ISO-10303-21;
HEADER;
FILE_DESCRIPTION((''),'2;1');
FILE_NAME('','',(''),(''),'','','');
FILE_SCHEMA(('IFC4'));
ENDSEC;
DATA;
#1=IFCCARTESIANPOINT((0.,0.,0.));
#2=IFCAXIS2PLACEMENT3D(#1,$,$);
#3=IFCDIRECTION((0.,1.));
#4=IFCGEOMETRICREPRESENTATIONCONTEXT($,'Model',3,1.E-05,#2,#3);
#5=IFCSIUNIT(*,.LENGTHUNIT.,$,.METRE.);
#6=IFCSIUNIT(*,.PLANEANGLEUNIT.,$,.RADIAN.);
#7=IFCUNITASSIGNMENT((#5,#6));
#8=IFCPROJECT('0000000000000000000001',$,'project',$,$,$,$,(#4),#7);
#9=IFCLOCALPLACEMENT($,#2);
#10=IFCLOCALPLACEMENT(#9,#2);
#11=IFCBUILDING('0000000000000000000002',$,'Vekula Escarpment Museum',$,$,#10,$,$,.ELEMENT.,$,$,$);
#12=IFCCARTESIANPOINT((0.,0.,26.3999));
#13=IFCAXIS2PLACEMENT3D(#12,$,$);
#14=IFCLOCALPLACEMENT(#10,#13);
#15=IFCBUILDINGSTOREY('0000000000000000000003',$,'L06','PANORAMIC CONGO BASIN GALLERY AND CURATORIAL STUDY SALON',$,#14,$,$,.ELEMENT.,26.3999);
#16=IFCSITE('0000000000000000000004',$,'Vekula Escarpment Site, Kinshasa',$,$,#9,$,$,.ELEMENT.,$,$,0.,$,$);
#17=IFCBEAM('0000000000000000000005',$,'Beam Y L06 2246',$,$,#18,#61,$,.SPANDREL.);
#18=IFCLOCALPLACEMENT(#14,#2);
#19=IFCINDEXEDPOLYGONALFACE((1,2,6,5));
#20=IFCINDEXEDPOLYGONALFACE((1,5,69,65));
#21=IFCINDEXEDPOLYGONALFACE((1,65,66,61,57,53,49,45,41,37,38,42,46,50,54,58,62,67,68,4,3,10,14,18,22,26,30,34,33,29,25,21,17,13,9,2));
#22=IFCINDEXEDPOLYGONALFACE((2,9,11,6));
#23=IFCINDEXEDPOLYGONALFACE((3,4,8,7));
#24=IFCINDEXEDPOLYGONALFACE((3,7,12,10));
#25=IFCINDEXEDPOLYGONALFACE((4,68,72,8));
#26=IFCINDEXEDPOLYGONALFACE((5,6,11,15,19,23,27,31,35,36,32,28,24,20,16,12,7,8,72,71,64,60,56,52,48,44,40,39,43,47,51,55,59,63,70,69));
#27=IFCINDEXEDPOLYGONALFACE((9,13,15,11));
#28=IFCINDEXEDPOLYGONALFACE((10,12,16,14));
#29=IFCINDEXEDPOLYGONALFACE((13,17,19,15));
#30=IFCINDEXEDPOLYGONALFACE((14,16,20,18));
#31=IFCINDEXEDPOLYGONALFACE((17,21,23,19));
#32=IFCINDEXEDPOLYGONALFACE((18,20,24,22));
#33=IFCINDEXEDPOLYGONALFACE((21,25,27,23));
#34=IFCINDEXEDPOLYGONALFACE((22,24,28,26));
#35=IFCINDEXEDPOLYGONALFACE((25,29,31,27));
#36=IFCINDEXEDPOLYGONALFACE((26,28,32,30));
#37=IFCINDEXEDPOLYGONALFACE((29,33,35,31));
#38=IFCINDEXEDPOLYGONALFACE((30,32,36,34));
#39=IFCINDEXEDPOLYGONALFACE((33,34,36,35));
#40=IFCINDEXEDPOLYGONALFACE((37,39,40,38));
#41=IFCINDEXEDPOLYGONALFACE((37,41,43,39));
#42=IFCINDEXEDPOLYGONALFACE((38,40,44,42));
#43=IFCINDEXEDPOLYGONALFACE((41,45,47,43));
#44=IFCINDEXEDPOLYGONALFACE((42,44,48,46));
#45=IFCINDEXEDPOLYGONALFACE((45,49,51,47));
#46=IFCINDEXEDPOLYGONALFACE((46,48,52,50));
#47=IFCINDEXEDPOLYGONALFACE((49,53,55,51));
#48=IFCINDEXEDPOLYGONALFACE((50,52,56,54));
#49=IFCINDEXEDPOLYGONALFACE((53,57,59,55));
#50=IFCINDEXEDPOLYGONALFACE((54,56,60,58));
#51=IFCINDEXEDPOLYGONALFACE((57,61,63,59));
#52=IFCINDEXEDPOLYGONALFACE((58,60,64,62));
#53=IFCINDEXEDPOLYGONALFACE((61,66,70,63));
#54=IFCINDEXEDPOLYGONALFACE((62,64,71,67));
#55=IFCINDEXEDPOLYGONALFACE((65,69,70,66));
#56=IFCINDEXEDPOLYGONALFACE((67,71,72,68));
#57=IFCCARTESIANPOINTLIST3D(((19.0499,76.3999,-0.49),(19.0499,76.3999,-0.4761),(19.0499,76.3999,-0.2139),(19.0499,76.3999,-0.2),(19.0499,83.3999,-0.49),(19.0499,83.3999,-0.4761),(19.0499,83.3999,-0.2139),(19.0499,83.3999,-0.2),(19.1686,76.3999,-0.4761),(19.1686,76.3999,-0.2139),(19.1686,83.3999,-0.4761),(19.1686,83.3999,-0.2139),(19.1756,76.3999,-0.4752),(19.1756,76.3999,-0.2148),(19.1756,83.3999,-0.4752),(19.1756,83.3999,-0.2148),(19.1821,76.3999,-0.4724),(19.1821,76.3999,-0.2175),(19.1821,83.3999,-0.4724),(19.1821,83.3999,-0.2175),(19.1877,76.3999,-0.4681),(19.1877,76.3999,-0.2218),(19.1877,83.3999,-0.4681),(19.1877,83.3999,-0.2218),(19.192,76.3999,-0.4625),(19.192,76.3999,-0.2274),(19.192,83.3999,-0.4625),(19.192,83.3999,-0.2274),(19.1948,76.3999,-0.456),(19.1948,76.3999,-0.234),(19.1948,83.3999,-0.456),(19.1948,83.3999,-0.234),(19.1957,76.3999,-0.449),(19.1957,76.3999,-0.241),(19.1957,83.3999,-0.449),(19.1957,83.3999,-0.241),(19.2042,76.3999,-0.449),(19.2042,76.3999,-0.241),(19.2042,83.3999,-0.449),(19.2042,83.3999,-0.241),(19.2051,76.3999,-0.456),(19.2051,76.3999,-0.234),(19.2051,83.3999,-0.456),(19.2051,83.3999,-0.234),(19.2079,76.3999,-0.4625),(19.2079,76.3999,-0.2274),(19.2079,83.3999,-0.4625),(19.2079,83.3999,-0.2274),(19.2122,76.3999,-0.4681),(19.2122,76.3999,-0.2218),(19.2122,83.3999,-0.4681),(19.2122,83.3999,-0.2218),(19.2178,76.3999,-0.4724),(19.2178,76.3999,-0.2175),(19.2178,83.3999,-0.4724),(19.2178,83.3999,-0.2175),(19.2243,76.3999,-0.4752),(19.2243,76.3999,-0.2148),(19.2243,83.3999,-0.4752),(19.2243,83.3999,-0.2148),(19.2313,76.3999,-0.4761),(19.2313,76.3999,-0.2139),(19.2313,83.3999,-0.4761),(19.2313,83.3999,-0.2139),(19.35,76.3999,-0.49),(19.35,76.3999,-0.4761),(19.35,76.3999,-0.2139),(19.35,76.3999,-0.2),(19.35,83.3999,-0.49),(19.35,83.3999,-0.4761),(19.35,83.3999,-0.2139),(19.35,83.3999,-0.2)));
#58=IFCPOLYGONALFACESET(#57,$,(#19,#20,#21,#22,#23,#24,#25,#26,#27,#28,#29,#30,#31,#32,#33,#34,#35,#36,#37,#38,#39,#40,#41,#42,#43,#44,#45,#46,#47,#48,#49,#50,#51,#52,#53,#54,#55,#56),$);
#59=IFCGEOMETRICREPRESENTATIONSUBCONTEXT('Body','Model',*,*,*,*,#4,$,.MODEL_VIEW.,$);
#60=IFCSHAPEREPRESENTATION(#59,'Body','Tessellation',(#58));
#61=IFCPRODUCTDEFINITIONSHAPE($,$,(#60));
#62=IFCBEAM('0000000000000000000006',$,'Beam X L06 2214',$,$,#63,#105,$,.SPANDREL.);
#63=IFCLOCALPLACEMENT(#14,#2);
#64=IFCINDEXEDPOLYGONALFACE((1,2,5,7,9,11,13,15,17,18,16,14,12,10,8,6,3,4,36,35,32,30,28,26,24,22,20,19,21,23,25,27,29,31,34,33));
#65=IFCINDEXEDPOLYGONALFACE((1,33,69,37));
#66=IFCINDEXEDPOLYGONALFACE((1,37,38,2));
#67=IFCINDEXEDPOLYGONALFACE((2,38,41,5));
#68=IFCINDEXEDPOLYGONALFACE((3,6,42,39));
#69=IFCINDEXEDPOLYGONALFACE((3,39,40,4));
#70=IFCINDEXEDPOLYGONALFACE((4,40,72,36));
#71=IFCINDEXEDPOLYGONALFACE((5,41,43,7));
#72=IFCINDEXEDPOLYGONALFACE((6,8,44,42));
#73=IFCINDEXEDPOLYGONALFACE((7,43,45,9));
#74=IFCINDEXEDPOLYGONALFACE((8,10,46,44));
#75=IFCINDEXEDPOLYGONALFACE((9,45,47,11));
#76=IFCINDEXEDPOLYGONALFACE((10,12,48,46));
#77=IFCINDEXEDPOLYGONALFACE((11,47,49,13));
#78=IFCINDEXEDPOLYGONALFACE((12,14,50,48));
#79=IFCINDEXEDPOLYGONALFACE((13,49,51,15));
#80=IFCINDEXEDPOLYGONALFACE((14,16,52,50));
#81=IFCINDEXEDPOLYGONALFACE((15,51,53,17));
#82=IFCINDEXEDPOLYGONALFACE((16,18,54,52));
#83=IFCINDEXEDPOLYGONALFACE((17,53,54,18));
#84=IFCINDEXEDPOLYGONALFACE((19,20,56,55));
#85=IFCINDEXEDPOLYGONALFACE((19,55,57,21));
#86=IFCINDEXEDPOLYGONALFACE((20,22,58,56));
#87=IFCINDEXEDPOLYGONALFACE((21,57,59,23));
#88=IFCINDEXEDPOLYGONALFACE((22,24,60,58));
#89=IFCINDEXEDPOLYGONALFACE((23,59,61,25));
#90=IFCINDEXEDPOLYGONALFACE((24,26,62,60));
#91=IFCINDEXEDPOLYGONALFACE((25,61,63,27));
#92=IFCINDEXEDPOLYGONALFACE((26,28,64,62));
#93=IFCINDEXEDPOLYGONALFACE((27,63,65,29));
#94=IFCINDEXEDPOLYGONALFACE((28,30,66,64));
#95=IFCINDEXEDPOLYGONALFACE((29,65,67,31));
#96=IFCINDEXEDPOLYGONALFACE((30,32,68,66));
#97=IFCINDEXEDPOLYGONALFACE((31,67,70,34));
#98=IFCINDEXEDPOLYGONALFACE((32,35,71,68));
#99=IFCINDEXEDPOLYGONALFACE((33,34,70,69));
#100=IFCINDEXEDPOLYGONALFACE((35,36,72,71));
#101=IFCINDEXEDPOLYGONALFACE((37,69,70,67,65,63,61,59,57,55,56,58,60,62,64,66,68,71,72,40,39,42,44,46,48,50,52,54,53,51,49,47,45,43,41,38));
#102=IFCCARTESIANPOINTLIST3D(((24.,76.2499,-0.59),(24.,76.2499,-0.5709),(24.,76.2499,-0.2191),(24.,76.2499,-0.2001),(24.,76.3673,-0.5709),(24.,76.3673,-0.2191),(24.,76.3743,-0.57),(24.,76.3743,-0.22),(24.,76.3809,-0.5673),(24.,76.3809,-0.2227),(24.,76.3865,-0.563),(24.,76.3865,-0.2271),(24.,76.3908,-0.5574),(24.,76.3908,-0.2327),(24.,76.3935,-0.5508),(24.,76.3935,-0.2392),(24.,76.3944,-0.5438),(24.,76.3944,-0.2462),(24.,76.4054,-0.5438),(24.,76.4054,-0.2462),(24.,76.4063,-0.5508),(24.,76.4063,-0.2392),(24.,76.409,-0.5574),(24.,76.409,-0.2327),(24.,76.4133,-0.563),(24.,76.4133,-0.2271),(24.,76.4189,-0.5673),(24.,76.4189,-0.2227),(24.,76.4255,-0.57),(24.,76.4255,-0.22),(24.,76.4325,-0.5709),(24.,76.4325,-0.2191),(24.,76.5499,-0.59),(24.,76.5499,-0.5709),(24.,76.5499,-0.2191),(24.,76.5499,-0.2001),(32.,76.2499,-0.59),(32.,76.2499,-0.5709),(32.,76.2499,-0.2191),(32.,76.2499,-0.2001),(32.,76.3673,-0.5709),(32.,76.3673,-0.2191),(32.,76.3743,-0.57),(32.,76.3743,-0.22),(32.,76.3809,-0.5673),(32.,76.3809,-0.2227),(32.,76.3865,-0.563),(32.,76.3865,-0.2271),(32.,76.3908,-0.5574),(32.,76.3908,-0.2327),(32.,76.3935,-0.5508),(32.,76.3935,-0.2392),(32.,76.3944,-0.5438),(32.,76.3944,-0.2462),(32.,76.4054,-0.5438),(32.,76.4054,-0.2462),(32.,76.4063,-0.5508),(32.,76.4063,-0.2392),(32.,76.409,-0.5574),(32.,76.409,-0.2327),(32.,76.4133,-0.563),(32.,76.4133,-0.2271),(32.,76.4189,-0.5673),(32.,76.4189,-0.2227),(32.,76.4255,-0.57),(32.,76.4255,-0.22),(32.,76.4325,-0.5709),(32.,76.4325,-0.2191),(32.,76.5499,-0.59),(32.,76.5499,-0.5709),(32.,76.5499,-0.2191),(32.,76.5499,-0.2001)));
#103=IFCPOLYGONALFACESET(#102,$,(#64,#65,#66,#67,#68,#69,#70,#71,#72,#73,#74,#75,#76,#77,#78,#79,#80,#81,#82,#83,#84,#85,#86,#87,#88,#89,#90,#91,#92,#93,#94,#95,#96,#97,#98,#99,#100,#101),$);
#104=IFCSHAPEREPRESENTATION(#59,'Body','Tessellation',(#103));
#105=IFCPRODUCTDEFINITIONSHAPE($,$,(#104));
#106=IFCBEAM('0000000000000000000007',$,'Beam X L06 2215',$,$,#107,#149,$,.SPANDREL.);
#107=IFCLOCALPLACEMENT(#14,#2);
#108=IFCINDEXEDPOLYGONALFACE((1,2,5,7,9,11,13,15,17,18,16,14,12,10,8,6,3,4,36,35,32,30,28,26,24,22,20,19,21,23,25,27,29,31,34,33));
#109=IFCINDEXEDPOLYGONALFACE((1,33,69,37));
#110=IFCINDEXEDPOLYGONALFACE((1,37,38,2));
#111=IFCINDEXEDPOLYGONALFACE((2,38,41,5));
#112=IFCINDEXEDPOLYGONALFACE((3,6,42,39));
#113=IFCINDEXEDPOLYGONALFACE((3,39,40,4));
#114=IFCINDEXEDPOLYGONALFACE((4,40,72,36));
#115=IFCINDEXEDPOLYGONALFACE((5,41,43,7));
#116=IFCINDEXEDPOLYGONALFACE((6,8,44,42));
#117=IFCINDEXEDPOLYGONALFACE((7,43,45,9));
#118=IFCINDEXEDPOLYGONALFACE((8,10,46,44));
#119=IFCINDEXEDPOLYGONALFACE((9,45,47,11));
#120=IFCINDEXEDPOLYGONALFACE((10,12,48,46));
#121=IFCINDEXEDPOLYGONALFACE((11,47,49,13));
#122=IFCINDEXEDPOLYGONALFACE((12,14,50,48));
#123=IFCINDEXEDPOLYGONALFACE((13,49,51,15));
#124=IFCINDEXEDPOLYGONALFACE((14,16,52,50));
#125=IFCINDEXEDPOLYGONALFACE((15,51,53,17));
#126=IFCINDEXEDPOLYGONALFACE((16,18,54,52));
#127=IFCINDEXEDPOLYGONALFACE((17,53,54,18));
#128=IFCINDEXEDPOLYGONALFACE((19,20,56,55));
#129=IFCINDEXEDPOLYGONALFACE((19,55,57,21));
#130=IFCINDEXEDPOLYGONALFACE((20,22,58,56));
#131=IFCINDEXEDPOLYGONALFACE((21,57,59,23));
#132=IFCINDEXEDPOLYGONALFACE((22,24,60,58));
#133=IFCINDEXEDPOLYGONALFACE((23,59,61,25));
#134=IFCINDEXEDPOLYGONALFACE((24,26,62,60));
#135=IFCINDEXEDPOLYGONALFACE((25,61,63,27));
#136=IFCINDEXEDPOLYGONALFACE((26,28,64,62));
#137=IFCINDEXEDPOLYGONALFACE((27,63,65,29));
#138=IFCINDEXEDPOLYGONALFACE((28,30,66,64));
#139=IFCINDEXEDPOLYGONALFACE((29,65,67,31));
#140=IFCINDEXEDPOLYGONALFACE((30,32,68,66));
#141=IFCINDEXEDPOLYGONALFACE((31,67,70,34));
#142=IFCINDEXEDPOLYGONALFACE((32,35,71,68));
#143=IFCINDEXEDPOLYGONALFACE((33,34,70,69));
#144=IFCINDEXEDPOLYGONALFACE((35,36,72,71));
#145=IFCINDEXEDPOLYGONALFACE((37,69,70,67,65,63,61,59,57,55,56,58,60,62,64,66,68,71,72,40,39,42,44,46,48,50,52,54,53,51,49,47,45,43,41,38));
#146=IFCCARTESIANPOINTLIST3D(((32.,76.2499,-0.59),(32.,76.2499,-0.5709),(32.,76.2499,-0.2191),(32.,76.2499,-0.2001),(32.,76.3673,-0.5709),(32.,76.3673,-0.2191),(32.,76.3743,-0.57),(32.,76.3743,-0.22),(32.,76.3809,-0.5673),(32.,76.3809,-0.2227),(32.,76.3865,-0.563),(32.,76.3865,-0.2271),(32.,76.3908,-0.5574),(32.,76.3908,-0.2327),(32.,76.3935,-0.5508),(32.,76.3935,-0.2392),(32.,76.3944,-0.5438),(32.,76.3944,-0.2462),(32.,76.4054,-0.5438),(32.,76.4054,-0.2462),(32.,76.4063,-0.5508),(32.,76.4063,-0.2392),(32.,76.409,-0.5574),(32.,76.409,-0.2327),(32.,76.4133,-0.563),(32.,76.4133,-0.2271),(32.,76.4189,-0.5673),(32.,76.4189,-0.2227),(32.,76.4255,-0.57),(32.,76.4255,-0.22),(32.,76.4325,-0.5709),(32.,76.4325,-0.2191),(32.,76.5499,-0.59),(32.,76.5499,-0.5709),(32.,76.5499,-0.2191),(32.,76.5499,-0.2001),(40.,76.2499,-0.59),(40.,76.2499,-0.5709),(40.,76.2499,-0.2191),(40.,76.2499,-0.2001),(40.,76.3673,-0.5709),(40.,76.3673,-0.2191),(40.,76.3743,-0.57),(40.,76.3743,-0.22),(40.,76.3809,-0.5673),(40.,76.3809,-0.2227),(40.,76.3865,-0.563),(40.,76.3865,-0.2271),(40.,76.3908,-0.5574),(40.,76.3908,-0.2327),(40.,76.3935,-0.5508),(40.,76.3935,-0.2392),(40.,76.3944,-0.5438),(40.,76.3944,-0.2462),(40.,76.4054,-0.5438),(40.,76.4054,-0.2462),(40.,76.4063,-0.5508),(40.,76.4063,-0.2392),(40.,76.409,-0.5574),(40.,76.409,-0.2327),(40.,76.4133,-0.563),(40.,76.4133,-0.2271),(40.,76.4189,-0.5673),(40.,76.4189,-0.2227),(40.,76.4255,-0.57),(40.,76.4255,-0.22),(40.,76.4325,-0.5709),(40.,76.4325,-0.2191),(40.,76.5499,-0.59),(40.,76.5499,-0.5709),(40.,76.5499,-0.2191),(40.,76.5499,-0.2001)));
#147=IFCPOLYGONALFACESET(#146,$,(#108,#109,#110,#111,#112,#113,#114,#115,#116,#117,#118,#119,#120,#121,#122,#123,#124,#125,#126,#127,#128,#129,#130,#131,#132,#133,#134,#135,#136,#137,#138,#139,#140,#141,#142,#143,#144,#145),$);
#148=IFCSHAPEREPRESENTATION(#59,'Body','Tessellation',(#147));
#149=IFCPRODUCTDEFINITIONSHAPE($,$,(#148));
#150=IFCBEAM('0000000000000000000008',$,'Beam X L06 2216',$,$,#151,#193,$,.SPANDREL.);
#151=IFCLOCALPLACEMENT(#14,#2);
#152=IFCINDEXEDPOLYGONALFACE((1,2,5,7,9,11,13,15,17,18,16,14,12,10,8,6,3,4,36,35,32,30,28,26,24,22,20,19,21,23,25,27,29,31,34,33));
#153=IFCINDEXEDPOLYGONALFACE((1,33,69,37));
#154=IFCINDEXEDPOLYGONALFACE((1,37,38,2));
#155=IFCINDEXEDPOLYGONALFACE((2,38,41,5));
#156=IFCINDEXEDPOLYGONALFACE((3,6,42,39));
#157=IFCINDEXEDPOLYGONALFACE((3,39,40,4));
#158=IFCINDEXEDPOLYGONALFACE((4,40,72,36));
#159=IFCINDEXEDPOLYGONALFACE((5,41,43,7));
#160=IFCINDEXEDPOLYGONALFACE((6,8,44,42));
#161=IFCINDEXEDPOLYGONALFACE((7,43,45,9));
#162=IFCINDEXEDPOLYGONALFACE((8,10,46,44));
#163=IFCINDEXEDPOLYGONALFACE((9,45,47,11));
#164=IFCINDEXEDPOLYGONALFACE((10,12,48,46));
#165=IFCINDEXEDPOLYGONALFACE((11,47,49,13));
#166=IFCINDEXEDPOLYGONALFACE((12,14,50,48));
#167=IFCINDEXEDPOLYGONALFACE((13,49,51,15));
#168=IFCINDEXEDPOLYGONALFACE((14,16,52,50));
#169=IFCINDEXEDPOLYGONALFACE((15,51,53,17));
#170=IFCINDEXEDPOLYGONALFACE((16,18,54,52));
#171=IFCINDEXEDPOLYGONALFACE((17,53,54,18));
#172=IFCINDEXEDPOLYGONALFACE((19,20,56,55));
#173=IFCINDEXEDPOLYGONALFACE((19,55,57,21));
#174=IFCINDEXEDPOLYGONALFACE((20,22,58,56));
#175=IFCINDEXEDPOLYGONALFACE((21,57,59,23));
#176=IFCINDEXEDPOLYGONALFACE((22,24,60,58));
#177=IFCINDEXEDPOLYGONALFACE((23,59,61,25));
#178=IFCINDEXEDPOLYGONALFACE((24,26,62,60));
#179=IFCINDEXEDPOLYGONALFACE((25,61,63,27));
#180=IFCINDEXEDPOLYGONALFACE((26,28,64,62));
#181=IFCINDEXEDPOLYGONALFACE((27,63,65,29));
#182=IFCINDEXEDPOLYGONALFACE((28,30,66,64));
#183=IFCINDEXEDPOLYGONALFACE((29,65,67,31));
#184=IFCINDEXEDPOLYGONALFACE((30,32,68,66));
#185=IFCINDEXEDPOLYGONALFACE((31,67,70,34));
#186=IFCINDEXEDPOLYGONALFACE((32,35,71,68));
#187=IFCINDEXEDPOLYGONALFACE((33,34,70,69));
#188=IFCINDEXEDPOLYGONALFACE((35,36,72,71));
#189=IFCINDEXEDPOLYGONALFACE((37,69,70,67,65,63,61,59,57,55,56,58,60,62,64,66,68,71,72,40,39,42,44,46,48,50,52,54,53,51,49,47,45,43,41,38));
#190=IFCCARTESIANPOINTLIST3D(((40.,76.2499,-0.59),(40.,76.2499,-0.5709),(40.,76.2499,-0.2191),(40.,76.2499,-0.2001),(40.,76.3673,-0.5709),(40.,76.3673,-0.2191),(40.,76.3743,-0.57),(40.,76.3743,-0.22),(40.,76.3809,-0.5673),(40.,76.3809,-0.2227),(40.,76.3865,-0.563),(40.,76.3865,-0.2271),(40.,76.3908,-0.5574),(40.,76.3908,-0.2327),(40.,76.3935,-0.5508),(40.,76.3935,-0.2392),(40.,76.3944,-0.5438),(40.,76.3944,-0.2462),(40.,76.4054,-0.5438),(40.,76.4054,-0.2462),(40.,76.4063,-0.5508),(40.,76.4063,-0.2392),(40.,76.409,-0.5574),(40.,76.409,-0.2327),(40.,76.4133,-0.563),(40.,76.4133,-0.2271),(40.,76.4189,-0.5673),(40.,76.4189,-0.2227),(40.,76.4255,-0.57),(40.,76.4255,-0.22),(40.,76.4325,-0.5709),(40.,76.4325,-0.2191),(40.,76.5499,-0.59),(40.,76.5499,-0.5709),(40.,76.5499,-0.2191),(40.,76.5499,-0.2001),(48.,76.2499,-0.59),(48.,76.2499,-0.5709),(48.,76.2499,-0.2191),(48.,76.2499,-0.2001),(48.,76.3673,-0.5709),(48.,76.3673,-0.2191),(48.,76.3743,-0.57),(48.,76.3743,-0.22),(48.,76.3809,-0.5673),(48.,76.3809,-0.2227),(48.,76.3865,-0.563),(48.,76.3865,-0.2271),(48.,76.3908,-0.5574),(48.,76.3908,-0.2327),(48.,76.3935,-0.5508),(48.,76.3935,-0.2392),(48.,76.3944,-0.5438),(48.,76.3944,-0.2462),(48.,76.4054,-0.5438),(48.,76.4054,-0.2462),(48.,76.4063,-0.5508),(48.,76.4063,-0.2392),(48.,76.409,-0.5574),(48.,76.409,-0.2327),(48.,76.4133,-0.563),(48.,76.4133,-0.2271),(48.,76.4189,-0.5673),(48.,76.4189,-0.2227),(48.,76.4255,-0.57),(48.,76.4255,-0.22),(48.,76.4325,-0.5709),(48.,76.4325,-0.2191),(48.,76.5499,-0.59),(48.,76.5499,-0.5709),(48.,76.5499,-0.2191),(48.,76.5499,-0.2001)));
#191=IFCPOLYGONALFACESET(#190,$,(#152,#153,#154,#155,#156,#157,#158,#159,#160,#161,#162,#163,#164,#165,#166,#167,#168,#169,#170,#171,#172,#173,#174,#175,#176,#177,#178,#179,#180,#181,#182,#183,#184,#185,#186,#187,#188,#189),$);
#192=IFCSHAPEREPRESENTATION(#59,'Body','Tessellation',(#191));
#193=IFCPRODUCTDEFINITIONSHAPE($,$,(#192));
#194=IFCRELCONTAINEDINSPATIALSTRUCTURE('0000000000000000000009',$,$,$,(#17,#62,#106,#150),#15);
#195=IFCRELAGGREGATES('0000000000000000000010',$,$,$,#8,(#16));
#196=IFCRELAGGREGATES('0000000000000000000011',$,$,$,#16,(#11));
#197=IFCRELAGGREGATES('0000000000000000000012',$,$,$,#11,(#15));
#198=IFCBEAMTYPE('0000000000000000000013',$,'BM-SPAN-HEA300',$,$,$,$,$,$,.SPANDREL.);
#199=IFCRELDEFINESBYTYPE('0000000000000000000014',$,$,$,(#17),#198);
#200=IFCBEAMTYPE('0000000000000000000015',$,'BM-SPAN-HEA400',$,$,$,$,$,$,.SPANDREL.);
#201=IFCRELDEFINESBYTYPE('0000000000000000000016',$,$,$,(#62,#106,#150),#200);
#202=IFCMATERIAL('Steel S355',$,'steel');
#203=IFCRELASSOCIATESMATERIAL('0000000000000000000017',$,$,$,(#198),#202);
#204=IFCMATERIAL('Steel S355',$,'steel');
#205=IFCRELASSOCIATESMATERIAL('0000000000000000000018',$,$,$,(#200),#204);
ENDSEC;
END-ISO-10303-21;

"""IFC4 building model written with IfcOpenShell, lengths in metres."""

from ifc_helpers import new_model, si_unit, direction, frame, origin, origin_2d, place, context, subcontext, project, spatial, i_section, extrude, material, material_profile, profile_set, type_object, element, save


model = new_model("IFC4")

# Units and contexts
model_context = context("Model", 3, precision=1e-05, world=origin(), true_north=direction((0.0, 1.0)))
body_context = subcontext(model_context, "Body", "Model", "MODEL_VIEW")
ifc_project = project(units=[si_unit("LENGTHUNIT", "METRE"), si_unit("PLANEANGLEUNIT", "RADIAN")], contexts=[model_context])

# Site, building, storey
site_placement = place(None, origin())
site = spatial("IfcSite", under=ifc_project, at=site_placement, Name="Vekula Escarpment Site, Kinshasa", CompositionType="ELEMENT", RefElevation=0.0)
building_placement = place(site_placement, origin())
building = spatial("IfcBuilding", under=site, at=building_placement, Name="Vekula Escarpment Museum", CompositionType="ELEMENT")
storey_placement = place(building_placement, frame((0.0, 0.0, 26.3999)))
storey = spatial("IfcBuildingStorey", under=building, at=storey_placement, Name="L06", Description="PANORAMIC CONGO BASIN GALLERY AND CURATORIAL STUDY SALON", CompositionType="ELEMENT", Elevation=26.3999)

# Beams
ifc_material_1 = material(Name="Steel S355", Category="steel")
ifc_material_profile_1 = material_profile(ifc_material_1, i_section(OverallWidth=0.3, OverallDepth=0.29, WebThickness=0.0085, FlangeThickness=0.0139, FilletRadius=0.0271, at=origin_2d()), Name="HEA 300")
ifc_profile_set_1 = profile_set([ifc_material_profile_1], Name="Steel S355")
beam_type_1 = type_object("IfcBeamType", Name="BM-SPAN-HEA300", PredefinedType="SPANDREL", material=ifc_profile_set_1)
beam_1_placement = place(storey_placement, frame((19.2, 76.3999, -0.345), z_axis=(0.0, 1.0, 0.0), x_axis=(-1.0, 0.0, 0.0)))
element("IfcBeam", 1, at=beam_1_placement, inside=storey, type_object=beam_type_1, Name="Beam Y L06 2246", PredefinedType="SPANDREL", context=body_context, shape_type="SweptSolid", body=[
    extrude(i_section(OverallWidth=0.3, OverallDepth=0.29, WebThickness=0.0085, FlangeThickness=0.0139, FilletRadius=0.0271, at=origin_2d()), origin(), (0.0, 0.0, 1.0), 7.0),
])
ifc_material_2 = material(Name="Steel S355", Category="steel")
ifc_material_profile_2 = material_profile(ifc_material_2, i_section(OverallWidth=0.3, OverallDepth=0.3899, WebThickness=0.011, FlangeThickness=0.019, FilletRadius=0.0271, at=origin_2d()), Name="HEA 400")
ifc_profile_set_2 = profile_set([ifc_material_profile_2], Name="Steel S355")
beam_type_2 = type_object("IfcBeamType", Name="BM-SPAN-HEA400", PredefinedType="SPANDREL", material=ifc_profile_set_2)
for number, where, z_axis, x_axis, name in (
    (2, (24.0, 76.3999, -0.395), (1.0, 0.0, 0.0), (0.0, 1.0, 0.0), "Beam X L06 2214"),
    (3, (32.0, 76.3999, -0.395), (1.0, 0.0, 0.0), (0.0, 1.0, 0.0), "Beam X L06 2215"),
    (4, (40.0, 76.3999, -0.395), (1.0, 0.0, 0.0), (0.0, 1.0, 0.0), "Beam X L06 2216"),
):
    element("IfcBeam", number, at=place(storey_placement, frame(where, z_axis=z_axis, x_axis=x_axis)), inside=storey, type_object=beam_type_2, Name=name, PredefinedType="SPANDREL", context=body_context, shape_type="SweptSolid", body=[
        extrude(i_section(OverallWidth=0.3, OverallDepth=0.3899, WebThickness=0.011, FlangeThickness=0.019, FilletRadius=0.0271, at=origin_2d()), origin(), (0.0, 0.0, 1.0), 8.0),
    ])

save(model, "model.ifc")
